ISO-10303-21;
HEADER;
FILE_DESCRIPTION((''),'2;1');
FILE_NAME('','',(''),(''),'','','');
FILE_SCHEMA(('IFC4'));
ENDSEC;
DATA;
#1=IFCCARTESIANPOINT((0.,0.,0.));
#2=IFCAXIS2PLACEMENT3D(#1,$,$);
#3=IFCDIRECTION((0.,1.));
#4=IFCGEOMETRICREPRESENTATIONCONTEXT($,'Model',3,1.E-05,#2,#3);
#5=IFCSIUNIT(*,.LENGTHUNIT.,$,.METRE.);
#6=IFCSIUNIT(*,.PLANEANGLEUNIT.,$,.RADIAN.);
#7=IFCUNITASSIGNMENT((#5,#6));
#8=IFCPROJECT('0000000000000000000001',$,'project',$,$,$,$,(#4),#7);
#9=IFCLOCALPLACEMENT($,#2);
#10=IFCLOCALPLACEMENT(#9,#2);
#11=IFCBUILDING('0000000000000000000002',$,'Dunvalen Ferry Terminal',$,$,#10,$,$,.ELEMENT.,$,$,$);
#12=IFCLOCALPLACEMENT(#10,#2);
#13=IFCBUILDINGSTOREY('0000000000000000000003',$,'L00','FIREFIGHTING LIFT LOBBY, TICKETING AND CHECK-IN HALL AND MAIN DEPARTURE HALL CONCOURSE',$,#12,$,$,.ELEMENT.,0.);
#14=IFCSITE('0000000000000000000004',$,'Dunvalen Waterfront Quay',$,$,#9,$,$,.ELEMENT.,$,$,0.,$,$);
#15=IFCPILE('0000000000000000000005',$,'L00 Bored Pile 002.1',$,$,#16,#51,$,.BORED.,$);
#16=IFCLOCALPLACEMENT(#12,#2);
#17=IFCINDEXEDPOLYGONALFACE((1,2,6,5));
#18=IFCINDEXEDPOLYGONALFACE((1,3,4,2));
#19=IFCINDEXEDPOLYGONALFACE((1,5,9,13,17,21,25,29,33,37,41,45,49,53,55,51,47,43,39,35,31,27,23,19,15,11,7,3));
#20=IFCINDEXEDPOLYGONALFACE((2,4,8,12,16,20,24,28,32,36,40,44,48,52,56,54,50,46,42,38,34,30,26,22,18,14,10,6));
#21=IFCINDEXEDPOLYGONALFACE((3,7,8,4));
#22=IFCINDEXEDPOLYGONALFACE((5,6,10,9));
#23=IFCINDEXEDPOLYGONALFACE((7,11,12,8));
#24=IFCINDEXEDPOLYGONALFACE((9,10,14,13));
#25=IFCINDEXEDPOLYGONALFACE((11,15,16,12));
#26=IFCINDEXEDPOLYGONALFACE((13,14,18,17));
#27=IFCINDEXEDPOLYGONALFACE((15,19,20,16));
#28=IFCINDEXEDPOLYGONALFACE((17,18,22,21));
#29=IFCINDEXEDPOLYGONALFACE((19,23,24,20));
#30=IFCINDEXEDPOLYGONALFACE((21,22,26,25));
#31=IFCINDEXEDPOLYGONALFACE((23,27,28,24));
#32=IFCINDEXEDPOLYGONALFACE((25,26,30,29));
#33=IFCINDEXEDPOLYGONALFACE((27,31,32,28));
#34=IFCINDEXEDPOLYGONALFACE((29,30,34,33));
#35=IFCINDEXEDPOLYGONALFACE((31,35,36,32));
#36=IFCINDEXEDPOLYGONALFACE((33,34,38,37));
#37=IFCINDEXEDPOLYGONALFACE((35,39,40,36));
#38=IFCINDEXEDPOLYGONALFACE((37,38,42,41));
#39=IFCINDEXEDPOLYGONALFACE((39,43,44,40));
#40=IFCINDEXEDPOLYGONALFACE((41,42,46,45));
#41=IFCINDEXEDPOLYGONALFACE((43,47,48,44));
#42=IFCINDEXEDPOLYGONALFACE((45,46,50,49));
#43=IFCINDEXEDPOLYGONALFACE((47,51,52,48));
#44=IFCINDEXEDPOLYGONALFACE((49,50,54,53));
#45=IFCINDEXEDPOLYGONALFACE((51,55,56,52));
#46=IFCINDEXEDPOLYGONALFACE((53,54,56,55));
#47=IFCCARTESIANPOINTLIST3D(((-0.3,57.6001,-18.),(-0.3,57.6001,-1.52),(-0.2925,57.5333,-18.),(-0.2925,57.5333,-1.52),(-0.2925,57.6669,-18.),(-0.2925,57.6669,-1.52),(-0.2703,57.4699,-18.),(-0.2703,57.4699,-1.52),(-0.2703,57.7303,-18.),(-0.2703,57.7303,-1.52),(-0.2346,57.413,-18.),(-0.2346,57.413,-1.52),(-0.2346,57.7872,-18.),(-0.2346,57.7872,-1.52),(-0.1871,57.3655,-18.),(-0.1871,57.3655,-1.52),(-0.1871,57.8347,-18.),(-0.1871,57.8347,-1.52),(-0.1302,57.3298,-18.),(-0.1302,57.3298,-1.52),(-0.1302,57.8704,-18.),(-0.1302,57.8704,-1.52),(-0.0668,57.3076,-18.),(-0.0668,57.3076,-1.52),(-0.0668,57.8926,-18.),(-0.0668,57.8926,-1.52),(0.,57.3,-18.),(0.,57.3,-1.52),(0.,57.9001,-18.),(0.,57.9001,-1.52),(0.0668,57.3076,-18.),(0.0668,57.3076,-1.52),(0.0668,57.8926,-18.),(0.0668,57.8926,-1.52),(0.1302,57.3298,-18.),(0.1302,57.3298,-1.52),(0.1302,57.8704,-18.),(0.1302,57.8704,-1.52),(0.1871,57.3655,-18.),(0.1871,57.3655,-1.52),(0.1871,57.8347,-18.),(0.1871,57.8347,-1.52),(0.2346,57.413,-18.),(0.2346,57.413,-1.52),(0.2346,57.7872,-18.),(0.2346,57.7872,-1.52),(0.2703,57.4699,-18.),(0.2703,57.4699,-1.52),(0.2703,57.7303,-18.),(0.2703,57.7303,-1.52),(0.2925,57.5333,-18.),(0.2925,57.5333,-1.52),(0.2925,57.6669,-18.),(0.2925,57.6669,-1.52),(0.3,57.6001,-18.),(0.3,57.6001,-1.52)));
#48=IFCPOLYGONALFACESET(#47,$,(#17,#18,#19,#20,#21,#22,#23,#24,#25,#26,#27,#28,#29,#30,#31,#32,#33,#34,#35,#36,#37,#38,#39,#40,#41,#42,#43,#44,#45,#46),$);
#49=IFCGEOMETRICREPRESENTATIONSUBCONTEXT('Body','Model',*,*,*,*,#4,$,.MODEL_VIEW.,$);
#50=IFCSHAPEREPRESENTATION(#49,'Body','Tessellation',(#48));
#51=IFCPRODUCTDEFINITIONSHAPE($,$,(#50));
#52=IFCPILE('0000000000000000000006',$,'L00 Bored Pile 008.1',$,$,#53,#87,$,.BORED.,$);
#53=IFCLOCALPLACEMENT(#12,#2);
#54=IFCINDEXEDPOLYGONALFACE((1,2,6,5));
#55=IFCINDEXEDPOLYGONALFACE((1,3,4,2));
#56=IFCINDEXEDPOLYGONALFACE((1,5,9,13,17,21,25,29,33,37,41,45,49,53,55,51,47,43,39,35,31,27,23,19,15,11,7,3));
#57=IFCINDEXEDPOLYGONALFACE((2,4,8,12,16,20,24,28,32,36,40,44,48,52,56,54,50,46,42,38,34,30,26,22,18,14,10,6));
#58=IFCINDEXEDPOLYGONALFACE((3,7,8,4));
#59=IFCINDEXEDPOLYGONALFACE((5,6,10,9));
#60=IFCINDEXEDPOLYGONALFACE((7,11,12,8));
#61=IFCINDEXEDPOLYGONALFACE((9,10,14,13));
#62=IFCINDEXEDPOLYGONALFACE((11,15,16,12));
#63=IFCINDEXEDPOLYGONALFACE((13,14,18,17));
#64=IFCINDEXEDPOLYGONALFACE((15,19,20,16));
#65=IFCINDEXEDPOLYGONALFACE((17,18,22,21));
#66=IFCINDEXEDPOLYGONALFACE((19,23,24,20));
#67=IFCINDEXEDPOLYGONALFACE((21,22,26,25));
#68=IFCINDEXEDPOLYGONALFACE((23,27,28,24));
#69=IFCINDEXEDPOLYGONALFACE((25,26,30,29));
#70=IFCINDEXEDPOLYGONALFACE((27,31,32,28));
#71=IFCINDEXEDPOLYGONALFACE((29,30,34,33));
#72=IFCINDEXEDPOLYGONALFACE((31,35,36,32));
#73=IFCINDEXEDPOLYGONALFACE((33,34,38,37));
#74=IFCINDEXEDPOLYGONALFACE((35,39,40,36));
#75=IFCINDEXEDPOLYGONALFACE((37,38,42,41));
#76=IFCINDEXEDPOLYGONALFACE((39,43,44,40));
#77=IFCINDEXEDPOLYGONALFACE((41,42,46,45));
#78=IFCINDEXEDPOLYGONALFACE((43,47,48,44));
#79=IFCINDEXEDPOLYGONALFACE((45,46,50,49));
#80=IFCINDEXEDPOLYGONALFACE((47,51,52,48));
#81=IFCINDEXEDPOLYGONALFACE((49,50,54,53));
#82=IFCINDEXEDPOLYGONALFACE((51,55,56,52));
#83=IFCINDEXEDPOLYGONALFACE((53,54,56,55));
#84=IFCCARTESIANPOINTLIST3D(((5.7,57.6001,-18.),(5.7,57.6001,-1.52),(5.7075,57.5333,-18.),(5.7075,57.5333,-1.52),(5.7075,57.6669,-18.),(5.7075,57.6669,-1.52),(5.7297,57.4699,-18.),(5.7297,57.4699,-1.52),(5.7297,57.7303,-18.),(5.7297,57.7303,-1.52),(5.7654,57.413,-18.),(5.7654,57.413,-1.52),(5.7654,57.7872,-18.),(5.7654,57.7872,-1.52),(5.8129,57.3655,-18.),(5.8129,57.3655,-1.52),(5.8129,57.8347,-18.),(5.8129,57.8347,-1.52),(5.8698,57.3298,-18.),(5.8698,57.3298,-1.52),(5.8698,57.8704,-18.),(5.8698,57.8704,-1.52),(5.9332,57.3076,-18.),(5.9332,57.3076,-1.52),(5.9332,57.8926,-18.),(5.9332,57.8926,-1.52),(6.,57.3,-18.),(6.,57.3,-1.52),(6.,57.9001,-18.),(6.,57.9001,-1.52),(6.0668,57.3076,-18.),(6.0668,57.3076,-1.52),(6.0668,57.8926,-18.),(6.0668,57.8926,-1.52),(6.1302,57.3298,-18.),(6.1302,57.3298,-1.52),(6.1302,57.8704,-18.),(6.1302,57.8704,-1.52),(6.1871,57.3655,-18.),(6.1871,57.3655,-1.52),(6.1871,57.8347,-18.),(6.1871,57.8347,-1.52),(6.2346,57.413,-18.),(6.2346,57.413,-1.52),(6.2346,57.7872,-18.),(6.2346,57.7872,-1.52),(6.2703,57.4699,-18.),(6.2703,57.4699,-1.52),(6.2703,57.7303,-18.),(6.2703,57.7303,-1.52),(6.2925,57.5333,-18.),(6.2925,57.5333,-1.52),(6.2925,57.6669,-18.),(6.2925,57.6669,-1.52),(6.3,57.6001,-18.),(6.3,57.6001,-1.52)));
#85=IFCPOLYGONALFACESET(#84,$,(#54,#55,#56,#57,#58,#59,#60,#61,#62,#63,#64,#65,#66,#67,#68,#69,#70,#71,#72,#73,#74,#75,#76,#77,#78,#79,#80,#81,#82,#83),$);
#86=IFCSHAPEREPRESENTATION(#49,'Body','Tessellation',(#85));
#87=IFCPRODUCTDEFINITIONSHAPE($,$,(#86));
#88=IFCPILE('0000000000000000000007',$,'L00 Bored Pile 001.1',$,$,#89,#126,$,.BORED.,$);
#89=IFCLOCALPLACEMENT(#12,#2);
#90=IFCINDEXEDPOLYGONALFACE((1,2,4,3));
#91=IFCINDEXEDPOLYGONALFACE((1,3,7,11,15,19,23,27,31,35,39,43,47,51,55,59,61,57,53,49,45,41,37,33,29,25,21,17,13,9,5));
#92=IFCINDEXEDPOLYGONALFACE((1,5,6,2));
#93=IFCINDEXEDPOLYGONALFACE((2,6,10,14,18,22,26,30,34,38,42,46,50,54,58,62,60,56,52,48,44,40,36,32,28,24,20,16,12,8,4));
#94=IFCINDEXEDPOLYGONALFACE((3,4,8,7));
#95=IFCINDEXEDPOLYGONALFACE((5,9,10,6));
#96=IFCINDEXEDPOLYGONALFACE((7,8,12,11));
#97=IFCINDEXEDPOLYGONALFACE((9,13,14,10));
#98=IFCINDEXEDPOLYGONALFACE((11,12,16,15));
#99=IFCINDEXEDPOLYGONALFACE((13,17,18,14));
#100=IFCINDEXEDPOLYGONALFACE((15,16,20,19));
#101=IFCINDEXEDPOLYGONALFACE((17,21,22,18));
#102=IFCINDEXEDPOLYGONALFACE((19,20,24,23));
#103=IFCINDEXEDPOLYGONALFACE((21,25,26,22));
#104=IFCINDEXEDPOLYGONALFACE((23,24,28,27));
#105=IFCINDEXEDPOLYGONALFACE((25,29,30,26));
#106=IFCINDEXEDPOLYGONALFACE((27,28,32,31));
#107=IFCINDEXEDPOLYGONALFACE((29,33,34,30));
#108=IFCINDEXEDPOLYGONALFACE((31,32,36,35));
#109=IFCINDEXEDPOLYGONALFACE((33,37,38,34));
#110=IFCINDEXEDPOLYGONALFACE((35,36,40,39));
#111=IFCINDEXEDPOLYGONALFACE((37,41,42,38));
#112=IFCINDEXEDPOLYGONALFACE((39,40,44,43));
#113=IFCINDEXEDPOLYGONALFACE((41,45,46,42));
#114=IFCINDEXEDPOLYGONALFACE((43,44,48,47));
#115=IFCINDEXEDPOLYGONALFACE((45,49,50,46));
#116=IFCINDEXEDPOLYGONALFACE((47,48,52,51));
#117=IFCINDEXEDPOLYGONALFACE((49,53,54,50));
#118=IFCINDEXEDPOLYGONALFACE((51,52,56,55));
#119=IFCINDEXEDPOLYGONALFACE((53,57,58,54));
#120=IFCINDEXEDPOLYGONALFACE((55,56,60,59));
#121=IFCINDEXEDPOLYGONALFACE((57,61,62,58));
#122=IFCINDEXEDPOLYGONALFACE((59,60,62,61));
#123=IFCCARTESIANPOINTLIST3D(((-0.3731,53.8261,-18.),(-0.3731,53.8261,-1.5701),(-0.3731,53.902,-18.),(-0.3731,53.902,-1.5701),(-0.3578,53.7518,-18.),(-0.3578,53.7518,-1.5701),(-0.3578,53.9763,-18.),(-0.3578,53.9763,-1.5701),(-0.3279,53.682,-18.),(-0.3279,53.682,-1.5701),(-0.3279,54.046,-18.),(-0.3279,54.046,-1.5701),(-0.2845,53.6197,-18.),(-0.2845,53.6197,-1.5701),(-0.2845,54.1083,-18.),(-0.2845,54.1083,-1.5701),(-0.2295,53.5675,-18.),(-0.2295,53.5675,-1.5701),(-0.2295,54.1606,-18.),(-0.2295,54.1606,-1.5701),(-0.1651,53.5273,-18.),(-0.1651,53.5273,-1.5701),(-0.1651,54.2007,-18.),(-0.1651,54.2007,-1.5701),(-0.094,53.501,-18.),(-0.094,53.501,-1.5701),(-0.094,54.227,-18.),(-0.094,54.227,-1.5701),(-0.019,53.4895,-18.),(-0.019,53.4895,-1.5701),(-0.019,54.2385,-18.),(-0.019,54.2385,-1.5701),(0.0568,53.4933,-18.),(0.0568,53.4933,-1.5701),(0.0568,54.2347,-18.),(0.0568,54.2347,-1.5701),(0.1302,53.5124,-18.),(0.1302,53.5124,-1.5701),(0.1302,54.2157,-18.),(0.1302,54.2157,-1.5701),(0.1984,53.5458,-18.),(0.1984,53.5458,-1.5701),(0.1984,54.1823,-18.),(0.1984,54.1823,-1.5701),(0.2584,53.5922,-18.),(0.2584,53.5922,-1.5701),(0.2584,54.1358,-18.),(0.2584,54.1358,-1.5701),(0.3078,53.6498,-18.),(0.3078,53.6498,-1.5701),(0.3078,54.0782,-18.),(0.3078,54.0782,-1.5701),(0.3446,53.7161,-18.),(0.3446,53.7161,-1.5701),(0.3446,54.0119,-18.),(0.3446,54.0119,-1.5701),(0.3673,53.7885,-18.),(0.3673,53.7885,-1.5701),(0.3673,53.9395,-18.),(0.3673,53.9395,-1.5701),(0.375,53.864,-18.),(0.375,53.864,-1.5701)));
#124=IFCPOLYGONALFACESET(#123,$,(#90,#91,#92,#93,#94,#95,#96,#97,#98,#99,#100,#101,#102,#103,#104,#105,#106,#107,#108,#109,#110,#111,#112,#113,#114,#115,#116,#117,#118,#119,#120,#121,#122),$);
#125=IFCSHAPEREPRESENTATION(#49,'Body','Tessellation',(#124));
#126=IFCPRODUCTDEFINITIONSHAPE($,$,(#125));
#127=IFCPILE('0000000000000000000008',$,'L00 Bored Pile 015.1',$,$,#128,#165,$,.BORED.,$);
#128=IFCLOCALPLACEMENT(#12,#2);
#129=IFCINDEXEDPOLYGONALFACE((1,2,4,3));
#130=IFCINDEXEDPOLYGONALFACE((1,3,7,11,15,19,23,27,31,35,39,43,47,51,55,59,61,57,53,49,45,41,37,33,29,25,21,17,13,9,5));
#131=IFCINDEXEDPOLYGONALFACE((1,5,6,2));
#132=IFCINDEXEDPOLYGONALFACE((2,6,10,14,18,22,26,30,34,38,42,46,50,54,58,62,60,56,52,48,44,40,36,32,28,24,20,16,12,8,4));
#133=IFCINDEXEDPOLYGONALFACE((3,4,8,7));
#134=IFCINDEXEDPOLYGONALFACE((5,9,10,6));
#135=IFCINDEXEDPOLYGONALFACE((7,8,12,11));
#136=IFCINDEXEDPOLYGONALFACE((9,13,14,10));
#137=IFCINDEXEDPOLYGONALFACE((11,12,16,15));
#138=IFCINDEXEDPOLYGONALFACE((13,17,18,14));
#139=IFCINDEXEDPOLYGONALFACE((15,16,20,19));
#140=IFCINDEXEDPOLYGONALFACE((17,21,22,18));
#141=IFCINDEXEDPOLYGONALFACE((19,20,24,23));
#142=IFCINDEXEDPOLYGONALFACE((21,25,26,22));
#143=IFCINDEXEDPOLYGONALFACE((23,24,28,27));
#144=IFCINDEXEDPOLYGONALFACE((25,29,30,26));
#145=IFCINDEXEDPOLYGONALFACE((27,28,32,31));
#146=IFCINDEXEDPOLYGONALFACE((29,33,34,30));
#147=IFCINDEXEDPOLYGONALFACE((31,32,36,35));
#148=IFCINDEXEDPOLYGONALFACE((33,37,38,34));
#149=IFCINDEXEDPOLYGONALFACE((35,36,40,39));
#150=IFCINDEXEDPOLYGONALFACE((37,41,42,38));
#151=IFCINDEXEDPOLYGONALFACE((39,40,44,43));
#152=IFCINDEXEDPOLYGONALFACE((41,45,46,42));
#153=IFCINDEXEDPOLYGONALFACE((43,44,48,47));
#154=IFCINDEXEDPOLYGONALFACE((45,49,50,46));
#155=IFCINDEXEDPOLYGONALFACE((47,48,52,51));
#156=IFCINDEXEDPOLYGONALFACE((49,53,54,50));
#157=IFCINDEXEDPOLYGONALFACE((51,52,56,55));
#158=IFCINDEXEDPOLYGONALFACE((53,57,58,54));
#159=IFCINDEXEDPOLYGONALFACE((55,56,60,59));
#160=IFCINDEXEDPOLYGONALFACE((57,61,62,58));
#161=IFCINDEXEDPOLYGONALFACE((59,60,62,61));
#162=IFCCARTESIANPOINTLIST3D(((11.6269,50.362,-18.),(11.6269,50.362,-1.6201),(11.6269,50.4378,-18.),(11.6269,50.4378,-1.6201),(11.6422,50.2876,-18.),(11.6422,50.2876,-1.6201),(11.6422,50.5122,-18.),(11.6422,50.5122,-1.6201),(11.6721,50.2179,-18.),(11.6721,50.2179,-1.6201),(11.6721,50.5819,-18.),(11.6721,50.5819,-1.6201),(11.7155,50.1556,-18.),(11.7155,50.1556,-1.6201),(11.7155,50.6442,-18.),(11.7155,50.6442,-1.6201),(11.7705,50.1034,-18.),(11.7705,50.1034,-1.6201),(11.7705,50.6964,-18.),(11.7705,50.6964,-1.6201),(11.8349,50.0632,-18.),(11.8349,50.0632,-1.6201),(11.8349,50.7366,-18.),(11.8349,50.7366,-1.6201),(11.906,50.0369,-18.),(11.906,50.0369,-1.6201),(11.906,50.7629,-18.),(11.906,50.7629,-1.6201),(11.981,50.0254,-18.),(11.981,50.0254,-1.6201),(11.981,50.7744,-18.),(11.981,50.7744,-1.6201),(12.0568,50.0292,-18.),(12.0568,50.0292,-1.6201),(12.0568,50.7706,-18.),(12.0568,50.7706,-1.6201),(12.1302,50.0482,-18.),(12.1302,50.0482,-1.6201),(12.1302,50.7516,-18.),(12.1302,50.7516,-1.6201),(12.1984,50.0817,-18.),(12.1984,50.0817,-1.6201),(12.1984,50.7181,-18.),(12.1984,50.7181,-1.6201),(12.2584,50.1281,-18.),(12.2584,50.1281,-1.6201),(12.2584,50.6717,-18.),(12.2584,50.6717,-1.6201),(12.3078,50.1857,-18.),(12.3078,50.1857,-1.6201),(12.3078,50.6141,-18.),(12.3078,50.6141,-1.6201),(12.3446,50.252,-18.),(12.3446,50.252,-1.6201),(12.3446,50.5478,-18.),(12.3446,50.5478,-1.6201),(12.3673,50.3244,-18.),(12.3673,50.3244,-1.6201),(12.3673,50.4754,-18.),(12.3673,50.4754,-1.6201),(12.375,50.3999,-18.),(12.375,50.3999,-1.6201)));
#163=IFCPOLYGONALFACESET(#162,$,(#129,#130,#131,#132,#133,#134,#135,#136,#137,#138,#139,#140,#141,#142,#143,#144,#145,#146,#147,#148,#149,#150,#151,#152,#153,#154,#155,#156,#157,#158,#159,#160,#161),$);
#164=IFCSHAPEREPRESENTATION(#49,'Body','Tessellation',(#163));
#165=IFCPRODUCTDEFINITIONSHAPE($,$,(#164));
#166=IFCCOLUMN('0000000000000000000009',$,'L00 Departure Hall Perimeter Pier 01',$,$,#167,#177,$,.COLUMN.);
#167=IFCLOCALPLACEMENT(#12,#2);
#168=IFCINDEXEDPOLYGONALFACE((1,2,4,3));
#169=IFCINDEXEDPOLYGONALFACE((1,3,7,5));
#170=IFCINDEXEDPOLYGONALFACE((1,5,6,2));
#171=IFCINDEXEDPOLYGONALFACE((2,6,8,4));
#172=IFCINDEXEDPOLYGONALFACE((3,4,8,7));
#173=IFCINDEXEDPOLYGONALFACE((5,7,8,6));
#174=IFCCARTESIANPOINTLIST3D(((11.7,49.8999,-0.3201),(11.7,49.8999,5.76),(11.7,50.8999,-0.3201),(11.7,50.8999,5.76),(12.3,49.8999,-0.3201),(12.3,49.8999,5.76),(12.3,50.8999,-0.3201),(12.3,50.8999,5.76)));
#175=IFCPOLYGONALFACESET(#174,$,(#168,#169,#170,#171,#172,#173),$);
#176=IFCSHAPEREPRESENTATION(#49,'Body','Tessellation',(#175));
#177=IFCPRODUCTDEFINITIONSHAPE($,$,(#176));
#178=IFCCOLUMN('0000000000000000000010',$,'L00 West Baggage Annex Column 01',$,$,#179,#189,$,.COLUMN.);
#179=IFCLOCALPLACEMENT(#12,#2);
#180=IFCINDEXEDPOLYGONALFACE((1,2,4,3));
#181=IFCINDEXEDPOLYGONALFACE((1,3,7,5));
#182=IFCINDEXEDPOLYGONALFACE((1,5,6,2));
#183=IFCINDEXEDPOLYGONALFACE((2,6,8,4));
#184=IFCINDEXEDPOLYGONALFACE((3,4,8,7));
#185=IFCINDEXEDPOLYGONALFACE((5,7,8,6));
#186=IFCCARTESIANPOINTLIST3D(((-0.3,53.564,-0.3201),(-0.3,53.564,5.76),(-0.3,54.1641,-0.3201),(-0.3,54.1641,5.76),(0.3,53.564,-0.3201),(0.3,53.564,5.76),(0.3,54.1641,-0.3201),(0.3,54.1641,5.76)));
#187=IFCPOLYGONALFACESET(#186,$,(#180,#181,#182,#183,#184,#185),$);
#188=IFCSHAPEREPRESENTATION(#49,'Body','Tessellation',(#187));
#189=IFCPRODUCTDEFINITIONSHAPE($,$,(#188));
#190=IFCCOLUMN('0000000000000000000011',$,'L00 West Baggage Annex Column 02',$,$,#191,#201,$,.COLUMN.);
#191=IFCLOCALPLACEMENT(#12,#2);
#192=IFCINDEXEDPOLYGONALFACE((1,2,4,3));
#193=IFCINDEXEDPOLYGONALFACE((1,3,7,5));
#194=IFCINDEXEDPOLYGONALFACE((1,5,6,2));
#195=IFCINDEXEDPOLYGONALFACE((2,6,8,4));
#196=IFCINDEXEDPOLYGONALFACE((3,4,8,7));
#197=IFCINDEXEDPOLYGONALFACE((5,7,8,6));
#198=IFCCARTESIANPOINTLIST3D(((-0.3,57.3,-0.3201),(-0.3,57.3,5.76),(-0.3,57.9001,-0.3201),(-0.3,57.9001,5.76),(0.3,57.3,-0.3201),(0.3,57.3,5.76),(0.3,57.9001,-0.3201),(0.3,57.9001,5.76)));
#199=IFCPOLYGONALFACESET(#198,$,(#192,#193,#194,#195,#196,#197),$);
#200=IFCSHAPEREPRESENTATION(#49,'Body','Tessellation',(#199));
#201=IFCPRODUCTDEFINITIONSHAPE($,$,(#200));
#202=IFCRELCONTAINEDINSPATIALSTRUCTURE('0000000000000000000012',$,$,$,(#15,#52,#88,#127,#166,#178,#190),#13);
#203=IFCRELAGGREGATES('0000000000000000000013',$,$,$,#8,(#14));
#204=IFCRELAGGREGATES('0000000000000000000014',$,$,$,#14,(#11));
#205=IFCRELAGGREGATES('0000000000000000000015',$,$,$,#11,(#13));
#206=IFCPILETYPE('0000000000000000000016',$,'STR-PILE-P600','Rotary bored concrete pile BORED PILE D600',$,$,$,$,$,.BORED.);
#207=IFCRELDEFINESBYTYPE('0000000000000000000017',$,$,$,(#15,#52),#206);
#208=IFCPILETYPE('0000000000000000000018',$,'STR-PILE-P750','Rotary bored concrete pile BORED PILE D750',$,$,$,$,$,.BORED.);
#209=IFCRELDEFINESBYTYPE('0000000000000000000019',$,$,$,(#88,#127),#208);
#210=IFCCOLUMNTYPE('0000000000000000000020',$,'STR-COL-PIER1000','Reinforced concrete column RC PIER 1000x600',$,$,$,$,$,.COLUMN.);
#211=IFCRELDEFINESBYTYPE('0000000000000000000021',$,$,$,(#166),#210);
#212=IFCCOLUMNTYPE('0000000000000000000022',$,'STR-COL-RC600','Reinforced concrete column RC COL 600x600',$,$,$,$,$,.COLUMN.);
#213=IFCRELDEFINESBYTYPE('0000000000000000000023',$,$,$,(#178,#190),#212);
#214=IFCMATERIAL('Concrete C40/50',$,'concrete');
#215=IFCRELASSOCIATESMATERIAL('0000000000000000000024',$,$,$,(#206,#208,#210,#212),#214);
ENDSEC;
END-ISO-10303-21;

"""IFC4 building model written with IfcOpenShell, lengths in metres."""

from ifc_helpers import new_model, si_unit, direction, frame, origin, origin_2d, place, context, subcontext, project, spatial, rectangle, circle, extrude, material, material_profile, profile_set, type_object, element, save


model = new_model("IFC4")

# Units and contexts
model_context = context("Model", 3, precision=1e-05, world=origin(), true_north=direction((0.0, 1.0)))
body_context = subcontext(model_context, "Body", "Model", "MODEL_VIEW")
ifc_project = project(units=[si_unit("LENGTHUNIT", "METRE"), si_unit("PLANEANGLEUNIT", "RADIAN")], contexts=[model_context])

# Site, building, storey
site_placement = place(None, origin())
site = spatial("IfcSite", under=ifc_project, at=site_placement, Name="Dunvalen Waterfront Quay", CompositionType="ELEMENT", RefElevation=0.0)
building_placement = place(site_placement, origin())
building = spatial("IfcBuilding", under=site, at=building_placement, Name="Dunvalen Ferry Terminal", CompositionType="ELEMENT")
storey_placement = place(building_placement, origin())
storey = spatial("IfcBuildingStorey", under=building, at=storey_placement, Name="L00", Description="FIREFIGHTING LIFT LOBBY, TICKETING AND CHECK-IN HALL AND MAIN DEPARTURE HALL CONCOURSE", CompositionType="ELEMENT", Elevation=0.0)

# Shared definitions
ifc_material_1 = material(Name="Concrete C40/50", Category="concrete")

# Piles
ifc_material_profile_1 = material_profile(ifc_material_1, circle(Radius=0.3, at=origin_2d()), Name="Concrete C40/50")
ifc_profile_set_1 = profile_set([ifc_material_profile_1], Name="Concrete C40/50")
pile_type_1 = type_object("IfcPileType", Name="STR-PILE-P600", Description="Rotary bored concrete pile BORED PILE D600", PredefinedType="BORED", material=ifc_profile_set_1)
for number, where, z_axis, x_axis, name in (
    (1, (0.0, 57.6001, -1.52), (0.0, 0.0, -1.0), (1.0, 0.0, 0.0), "L00 Bored Pile 002.1"),
    (2, (6.0, 57.6001, -1.52), (0.0, 0.0, -1.0), (1.0, 0.0, 0.0), "L00 Bored Pile 008.1"),
):
    element("IfcPile", number, at=place(storey_placement, frame(where, z_axis=z_axis, x_axis=x_axis)), inside=storey, type_object=pile_type_1, Name=name, PredefinedType="BORED", context=body_context, shape_type="SweptSolid", body=[
        extrude(circle(Radius=0.3, at=origin_2d()), origin(), (0.0, 0.0, 1.0), 16.48),
    ])
ifc_material_profile_2 = material_profile(ifc_material_1, circle(Radius=0.375, at=origin_2d()), Name="Concrete C40/50")
ifc_profile_set_2 = profile_set([ifc_material_profile_2], Name="Concrete C40/50")
pile_type_2 = type_object("IfcPileType", Name="STR-PILE-P750", Description="Rotary bored concrete pile BORED PILE D750", PredefinedType="BORED", material=ifc_profile_set_2)
pile_1_placement = place(storey_placement, frame((0.0, 53.864, -1.5701), z_axis=(0.0, 0.0, -1.0), x_axis=(1.0, 0.0, 0.0)))
element("IfcPile", 3, at=pile_1_placement, inside=storey, type_object=pile_type_2, Name="L00 Bored Pile 001.1", PredefinedType="BORED", context=body_context, shape_type="SweptSolid", body=[
    extrude(circle(Radius=0.375, at=origin_2d()), origin(), (0.0, 0.0, 1.0), 16.4299),
])
pile_2_placement = place(storey_placement, frame((12.0, 50.3999, -1.6201), z_axis=(0.0, 0.0, -1.0), x_axis=(1.0, 0.0, 0.0)))
element("IfcPile", 4, at=pile_2_placement, inside=storey, type_object=pile_type_2, Name="L00 Bored Pile 015.1", PredefinedType="BORED", context=body_context, shape_type="SweptSolid", body=[
    extrude(circle(Radius=0.375, at=origin_2d()), origin(), (0.0, 0.0, 1.0), 16.3799),
])

# Columns
ifc_material_profile_3 = material_profile(ifc_material_1, rectangle(XDim=0.6001, YDim=1.0, at=origin_2d()), Name="Concrete C40/50")
ifc_profile_set_3 = profile_set([ifc_material_profile_3], Name="Concrete C40/50")
column_type_1 = type_object("IfcColumnType", Name="STR-COL-PIER1000", Description="Reinforced concrete column RC PIER 1000x600", PredefinedType="COLUMN", material=ifc_profile_set_3)
column_placement = place(storey_placement, frame((12.0, 50.3999, -0.3201), z_axis=(0.0, 0.0, 1.0), x_axis=(1.0, 0.0, 0.0)))
element("IfcColumn", 5, at=column_placement, inside=storey, type_object=column_type_1, Name="L00 Departure Hall Perimeter Pier 01", PredefinedType="COLUMN", context=body_context, shape_type="SweptSolid", body=[
    extrude(rectangle(XDim=0.6001, YDim=1.0, at=origin_2d()), origin(), (0.0, 0.0, 1.0), 6.0801),
])
ifc_material_profile_4 = material_profile(ifc_material_1, rectangle(XDim=0.6001, YDim=0.6001, at=origin_2d()), Name="Concrete C40/50")
ifc_profile_set_4 = profile_set([ifc_material_profile_4], Name="Concrete C40/50")
column_type_2 = type_object("IfcColumnType", Name="STR-COL-RC600", Description="Reinforced concrete column RC COL 600x600", PredefinedType="COLUMN", material=ifc_profile_set_4)
for number, where, z_axis, x_axis, name in (
    (6, (0.0, 53.864, -0.3201), (0.0, 0.0, 1.0), (1.0, 0.0, 0.0), "L00 West Baggage Annex Column 01"),
    (7, (0.0, 57.6001, -0.3201), (0.0, 0.0, 1.0), (1.0, 0.0, 0.0), "L00 West Baggage Annex Column 02"),
):
    element("IfcColumn", number, at=place(storey_placement, frame(where, z_axis=z_axis, x_axis=x_axis)), inside=storey, type_object=column_type_2, Name=name, PredefinedType="COLUMN", context=body_context, shape_type="SweptSolid", body=[
        extrude(rectangle(XDim=0.6001, YDim=0.6001, at=origin_2d()), origin(), (0.0, 0.0, 1.0), 6.0801),
    ])

save(model, "model.ifc")
